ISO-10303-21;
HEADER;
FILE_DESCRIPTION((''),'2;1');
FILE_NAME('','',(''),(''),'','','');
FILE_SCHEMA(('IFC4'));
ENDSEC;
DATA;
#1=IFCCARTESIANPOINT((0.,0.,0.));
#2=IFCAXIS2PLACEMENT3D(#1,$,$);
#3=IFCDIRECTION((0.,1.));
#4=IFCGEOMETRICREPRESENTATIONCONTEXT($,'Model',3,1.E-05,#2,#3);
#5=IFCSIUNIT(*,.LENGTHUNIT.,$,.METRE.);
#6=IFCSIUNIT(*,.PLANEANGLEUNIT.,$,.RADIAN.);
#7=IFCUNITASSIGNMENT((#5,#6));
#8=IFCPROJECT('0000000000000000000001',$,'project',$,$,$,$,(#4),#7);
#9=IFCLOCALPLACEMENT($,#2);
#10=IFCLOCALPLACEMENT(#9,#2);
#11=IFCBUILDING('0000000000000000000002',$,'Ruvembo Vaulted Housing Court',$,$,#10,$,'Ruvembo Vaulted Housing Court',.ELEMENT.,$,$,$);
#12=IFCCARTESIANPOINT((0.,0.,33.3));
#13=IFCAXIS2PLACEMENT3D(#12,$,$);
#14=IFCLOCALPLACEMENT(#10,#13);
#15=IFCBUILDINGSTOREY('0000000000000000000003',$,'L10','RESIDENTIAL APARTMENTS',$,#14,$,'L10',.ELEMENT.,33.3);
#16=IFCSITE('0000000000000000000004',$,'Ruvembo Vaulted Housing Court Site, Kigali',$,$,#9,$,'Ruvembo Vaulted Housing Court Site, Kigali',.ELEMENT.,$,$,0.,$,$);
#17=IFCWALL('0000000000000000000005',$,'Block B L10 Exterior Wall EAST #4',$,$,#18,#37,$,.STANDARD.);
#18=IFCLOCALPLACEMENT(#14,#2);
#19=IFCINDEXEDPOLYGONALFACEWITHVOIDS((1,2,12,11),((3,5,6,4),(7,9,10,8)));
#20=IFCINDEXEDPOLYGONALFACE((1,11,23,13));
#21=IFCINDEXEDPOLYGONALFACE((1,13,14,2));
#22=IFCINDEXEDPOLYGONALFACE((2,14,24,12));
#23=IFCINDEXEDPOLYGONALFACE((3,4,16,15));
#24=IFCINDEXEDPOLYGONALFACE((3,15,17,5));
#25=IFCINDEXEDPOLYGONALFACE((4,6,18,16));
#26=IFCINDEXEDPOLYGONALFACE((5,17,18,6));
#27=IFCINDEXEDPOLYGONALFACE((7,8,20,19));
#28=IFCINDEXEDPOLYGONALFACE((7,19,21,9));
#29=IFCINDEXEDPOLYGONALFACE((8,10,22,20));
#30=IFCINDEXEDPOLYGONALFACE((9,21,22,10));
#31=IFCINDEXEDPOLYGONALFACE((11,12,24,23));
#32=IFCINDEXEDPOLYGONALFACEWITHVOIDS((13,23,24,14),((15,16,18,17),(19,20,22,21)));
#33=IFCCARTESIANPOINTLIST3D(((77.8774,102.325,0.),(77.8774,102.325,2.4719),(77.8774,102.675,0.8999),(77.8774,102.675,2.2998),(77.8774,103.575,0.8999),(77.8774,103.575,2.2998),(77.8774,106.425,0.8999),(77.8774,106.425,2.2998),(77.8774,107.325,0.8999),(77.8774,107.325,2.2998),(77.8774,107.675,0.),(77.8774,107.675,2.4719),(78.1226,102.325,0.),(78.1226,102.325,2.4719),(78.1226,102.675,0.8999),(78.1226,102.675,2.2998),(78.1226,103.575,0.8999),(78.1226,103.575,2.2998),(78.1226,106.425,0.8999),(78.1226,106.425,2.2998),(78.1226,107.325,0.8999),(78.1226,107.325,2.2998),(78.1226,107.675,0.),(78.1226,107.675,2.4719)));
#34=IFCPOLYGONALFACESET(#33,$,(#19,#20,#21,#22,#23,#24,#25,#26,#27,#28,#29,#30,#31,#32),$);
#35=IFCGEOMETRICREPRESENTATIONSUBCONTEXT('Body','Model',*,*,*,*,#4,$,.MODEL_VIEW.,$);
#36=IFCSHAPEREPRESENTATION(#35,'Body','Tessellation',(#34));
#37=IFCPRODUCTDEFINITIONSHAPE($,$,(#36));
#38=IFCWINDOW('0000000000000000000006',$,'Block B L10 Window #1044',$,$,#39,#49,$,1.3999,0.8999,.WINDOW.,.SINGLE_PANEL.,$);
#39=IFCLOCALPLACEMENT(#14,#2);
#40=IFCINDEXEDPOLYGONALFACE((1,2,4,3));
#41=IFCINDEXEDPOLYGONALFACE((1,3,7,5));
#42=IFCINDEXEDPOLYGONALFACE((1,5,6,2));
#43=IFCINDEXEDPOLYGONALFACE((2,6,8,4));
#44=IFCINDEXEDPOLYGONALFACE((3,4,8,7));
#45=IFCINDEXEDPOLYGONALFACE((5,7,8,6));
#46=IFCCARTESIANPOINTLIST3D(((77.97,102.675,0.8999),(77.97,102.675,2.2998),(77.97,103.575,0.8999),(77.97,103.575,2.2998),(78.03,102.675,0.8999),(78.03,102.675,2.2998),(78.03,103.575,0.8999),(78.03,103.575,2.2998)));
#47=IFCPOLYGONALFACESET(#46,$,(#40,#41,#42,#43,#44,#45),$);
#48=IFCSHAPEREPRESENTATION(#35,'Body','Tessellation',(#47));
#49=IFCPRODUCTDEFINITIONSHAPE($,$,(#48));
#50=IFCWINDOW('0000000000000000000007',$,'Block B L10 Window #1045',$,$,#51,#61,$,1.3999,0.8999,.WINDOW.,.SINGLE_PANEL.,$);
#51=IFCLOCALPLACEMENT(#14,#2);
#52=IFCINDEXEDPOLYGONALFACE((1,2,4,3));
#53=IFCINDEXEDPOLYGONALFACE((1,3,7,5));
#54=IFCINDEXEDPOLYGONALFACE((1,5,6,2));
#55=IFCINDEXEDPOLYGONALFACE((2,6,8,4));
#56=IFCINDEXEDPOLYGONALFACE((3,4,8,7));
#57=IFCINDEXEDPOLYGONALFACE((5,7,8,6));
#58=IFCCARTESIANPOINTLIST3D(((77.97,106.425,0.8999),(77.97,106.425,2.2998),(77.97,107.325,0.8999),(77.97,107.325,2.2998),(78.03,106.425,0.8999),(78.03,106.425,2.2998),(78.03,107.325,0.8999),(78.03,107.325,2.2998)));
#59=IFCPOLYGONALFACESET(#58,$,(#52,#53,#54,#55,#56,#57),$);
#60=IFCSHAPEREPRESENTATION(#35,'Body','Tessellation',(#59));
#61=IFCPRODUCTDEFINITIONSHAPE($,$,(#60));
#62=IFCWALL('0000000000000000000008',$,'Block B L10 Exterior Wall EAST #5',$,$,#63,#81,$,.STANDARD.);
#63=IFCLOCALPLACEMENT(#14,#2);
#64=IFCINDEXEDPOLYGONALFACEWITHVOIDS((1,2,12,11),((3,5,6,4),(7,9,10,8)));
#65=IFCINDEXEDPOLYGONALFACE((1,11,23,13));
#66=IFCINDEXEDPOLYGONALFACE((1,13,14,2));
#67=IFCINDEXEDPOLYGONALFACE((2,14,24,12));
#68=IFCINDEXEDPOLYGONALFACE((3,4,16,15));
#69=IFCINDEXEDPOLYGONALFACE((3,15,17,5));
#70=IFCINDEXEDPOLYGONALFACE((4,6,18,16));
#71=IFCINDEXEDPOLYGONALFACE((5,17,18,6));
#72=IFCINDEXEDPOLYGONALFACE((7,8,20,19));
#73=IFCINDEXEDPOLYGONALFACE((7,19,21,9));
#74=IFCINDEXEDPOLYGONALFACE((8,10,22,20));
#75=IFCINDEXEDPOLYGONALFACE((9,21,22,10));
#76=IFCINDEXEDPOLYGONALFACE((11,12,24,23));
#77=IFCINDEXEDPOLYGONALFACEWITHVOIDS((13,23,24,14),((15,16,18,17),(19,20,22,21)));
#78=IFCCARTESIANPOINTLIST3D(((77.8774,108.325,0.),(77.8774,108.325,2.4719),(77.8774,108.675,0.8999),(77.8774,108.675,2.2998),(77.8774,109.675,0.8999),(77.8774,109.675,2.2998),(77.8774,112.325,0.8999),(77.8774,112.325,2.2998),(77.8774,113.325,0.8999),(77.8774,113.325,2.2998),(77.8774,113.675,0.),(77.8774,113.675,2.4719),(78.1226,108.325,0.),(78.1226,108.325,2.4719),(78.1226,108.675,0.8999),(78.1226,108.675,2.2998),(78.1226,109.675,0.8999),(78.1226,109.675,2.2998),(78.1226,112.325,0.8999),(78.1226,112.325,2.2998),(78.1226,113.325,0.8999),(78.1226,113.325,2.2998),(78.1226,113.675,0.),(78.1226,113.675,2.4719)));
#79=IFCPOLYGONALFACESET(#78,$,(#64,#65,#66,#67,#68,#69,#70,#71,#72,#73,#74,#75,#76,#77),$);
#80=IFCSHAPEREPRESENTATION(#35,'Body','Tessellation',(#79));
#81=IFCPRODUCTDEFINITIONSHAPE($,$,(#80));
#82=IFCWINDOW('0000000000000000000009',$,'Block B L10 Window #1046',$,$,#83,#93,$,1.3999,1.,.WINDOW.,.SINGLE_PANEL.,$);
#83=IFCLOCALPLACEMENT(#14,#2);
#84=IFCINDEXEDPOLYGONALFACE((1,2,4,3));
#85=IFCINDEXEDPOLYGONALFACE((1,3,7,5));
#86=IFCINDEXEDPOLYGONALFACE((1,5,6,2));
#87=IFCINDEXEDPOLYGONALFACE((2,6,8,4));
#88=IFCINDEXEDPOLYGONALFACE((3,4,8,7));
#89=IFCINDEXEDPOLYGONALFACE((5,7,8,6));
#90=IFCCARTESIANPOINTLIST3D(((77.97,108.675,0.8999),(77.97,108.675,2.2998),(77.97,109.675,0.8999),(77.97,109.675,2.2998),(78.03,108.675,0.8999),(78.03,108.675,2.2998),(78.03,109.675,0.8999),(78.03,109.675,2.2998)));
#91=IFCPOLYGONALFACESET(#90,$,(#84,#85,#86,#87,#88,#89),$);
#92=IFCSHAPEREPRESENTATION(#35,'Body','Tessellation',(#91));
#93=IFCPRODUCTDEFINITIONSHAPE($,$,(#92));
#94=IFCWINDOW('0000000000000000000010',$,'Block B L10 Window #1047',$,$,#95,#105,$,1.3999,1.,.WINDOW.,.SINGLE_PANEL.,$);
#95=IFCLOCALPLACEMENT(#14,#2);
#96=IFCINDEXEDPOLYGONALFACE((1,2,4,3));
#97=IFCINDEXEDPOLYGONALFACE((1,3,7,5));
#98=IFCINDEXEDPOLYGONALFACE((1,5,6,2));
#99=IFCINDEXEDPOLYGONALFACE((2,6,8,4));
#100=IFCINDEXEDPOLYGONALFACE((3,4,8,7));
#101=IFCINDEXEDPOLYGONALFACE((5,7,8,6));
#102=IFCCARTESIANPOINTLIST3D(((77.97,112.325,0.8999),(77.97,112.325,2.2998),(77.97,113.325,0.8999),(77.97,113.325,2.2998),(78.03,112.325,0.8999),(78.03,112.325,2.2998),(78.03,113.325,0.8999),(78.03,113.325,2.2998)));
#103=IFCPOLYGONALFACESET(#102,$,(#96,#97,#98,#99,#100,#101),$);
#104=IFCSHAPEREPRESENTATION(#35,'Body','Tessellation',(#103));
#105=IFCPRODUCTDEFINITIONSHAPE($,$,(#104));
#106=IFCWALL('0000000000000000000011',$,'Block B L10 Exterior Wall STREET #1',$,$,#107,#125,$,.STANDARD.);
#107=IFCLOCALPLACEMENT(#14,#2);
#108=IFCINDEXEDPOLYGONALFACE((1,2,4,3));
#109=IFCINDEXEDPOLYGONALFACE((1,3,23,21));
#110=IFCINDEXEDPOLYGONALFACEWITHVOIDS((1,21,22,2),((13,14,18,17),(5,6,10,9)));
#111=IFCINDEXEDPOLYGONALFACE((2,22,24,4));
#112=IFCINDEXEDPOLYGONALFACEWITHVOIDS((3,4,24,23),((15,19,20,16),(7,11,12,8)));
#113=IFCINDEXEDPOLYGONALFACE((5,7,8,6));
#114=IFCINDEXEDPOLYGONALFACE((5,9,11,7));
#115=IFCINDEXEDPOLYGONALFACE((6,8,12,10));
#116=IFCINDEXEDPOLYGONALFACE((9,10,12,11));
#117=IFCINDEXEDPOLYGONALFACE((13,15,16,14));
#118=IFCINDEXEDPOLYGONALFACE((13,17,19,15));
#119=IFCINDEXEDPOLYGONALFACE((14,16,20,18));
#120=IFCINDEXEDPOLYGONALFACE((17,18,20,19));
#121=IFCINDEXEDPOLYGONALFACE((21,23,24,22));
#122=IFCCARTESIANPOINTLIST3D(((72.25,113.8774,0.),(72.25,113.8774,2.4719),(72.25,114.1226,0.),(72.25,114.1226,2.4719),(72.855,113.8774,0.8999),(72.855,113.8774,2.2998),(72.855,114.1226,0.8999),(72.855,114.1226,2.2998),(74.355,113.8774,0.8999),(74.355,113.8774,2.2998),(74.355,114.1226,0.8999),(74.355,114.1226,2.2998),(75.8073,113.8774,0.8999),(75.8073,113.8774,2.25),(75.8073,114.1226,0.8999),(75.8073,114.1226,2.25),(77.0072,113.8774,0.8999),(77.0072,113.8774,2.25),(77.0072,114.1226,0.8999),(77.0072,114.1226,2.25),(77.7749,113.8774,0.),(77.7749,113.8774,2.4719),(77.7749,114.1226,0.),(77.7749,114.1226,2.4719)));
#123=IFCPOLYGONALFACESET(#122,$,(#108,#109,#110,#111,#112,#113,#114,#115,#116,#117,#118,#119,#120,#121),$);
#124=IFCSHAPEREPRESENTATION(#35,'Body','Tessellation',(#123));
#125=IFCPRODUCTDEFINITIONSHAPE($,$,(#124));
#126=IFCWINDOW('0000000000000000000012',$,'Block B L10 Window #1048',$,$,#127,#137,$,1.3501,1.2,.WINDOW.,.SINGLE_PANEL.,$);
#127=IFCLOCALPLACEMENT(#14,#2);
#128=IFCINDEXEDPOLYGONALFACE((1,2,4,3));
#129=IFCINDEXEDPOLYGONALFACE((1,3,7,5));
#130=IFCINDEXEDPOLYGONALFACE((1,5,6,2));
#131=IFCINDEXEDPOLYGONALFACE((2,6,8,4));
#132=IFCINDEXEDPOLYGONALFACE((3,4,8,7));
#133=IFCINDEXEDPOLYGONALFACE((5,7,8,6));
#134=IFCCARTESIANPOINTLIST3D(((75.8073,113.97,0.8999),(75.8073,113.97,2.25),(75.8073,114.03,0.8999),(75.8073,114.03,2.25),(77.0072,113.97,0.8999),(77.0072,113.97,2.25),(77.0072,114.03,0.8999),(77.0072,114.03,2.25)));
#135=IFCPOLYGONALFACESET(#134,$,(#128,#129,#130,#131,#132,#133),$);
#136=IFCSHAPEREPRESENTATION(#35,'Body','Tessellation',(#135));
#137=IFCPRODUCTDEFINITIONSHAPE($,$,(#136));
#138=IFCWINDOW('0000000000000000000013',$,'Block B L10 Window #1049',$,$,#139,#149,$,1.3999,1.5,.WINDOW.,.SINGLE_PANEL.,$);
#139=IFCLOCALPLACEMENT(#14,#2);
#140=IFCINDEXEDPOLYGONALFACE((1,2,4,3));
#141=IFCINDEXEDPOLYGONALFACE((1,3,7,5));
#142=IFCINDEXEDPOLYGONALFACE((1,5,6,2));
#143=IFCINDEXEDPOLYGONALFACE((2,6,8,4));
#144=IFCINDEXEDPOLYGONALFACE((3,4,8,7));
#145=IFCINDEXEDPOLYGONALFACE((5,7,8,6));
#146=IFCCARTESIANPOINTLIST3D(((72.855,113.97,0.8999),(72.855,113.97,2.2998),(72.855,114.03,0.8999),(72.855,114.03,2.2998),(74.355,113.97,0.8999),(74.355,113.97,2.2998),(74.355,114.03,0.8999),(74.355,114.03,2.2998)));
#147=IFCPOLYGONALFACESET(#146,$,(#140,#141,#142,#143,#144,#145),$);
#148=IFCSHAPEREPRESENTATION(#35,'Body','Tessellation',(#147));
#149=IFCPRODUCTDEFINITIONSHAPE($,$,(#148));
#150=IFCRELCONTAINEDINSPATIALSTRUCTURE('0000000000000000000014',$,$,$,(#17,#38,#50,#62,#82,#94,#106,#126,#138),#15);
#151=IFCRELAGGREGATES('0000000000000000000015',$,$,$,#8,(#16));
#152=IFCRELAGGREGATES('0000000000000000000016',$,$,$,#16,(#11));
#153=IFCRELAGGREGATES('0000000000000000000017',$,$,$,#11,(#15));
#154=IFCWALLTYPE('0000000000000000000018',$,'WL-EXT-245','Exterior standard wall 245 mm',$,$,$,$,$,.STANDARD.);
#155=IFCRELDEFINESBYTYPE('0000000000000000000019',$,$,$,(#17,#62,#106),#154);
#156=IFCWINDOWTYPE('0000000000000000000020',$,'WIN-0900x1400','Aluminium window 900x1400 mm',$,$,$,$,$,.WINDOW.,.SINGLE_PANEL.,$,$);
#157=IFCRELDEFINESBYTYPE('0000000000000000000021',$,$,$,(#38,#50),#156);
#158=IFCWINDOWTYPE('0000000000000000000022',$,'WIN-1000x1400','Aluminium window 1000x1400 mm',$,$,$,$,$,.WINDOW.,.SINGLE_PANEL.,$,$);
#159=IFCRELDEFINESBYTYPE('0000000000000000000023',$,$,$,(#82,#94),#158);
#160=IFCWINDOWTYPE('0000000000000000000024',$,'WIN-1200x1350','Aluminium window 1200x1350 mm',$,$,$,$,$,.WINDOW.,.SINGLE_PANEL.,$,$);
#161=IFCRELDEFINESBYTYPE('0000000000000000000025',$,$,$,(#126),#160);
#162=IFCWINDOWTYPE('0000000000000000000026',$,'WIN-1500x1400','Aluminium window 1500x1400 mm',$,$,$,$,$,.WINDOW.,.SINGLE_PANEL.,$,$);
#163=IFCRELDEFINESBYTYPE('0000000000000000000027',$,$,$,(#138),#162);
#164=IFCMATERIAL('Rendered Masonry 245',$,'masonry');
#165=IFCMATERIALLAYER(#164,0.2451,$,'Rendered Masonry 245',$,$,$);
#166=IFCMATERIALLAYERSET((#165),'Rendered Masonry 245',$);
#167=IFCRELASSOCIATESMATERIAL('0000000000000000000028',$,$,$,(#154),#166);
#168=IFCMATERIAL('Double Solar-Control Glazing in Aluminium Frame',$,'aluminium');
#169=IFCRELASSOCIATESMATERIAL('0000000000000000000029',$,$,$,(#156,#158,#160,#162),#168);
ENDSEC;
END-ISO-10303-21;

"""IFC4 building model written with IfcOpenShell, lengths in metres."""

from ifc_helpers import new_model, si_unit, direction, frame, frame_2d, origin, place, context, subcontext, project, spatial, rectangle, extrude, material, layer, layer_set, type_object, element, fill, save


model = new_model("IFC4")

# Units and contexts
model_context = context("Model", 3, precision=1e-05, world=origin(), true_north=direction((0.0, 1.0)))
body_context = subcontext(model_context, "Body", "Model", "MODEL_VIEW")
ifc_project = project(units=[si_unit("LENGTHUNIT", "METRE"), si_unit("PLANEANGLEUNIT", "RADIAN")], contexts=[model_context])

# Site, building, storey
site_placement = place(None, origin())
site = spatial("IfcSite", under=ifc_project, at=site_placement, Name="Ruvembo Vaulted Housing Court Site, Kigali", LongName="Ruvembo Vaulted Housing Court Site, Kigali", CompositionType="ELEMENT", RefElevation=0.0)
building_placement = place(site_placement, origin())
building = spatial("IfcBuilding", under=site, at=building_placement, Name="Ruvembo Vaulted Housing Court", LongName="Ruvembo Vaulted Housing Court", CompositionType="ELEMENT")
storey_placement = place(building_placement, frame((0.0, 0.0, 33.3)))
storey = spatial("IfcBuildingStorey", under=building, at=storey_placement, Name="L10", Description="RESIDENTIAL APARTMENTS", LongName="L10", CompositionType="ELEMENT", Elevation=33.3)

# Walls, openings, windows
ifc_material_1 = material(Name="Rendered Masonry 245", Category="masonry")
ifc_layer = layer(ifc_material_1, 0.2451, Name="Rendered Masonry 245")
ifc_layer_set = layer_set([ifc_layer], Name="Rendered Masonry 245")
wall_type = type_object("IfcWallType", Name="WL-EXT-245", Description="Exterior standard wall 245 mm", PredefinedType="STANDARD", material=ifc_layer_set)
wall_1_placement = place(storey_placement, frame((78.0, 102.325, 0.0), z_axis=(0.0, 0.0, 1.0), x_axis=(0.0, 1.0, 0.0)))
wall_1 = element("IfcWall", 1, at=wall_1_placement, inside=storey, type_object=wall_type, Name="Block B L10 Exterior Wall EAST #4", PredefinedType="STANDARD", context=body_context, shape_type="SweptSolid", body=[
    extrude(rectangle(XDim=5.3501, YDim=0.2451, at=frame_2d((2.675, 0.0))), origin(), (0.0, 0.0, 1.0), 2.4719),
])
opening_1_placement = place(wall_1_placement, frame((0.3501, 0.0, 0.8999)))
opening_1 = element("IfcOpeningElement", 2, at=opening_1_placement, cuts=wall_1, PredefinedType="OPENING", context=body_context, shape_type="SweptSolid", body=[
    extrude(rectangle(XDim=0.8999, YDim=1.3999, at=frame_2d((0.45, 0.7))), frame((0.0, 0.1326, 0.0), z_axis=(0.0, -1.0, 0.0), x_axis=(1.0, 0.0, 0.0)), (0.0, 0.0, 1.0), 0.2651),
])
opening_2_placement = place(wall_1_placement, frame((4.1001, 0.0, 0.8999)))
opening_2 = element("IfcOpeningElement", 3, at=opening_2_placement, cuts=wall_1, PredefinedType="OPENING", context=body_context, shape_type="SweptSolid", body=[
    extrude(rectangle(XDim=0.8999, YDim=1.3999, at=frame_2d((0.45, 0.7))), frame((0.0, 0.1326, 0.0), z_axis=(0.0, -1.0, 0.0), x_axis=(1.0, 0.0, 0.0)), (0.0, 0.0, 1.0), 0.2651),
])
ifc_material_2 = material(Name="Double Solar-Control Glazing in Aluminium Frame", Category="aluminium")
window_type_1 = type_object("IfcWindowType", Name="WIN-0900x1400", Description="Aluminium window 900x1400 mm", PartitioningType="SINGLE_PANEL", PredefinedType="WINDOW", material=ifc_material_2)
window_1_placement = place(opening_1_placement, origin())
window_1 = element("IfcWindow", 4, at=window_1_placement, inside=storey, type_object=window_type_1, Name="Block B L10 Window #1044", OverallHeight=1.3999, OverallWidth=0.8999, PartitioningType="SINGLE_PANEL", PredefinedType="WINDOW", context=body_context, shape_type="SweptSolid", body=[
    extrude(rectangle(XDim=0.8999, YDim=1.3999, at=frame_2d((0.45, 0.7))), frame((0.0, 0.03, 0.0), z_axis=(0.0, -1.0, 0.0), x_axis=(1.0, 0.0, 0.0)), (0.0, 0.0, 1.0), 0.0601),
])
fill(opening_1, window_1)
window_2_placement = place(opening_2_placement, origin())
window_2 = element("IfcWindow", 5, at=window_2_placement, inside=storey, type_object=window_type_1, Name="Block B L10 Window #1045", OverallHeight=1.3999, OverallWidth=0.8999, PartitioningType="SINGLE_PANEL", PredefinedType="WINDOW", context=body_context, shape_type="SweptSolid", body=[
    extrude(rectangle(XDim=0.8999, YDim=1.3999, at=frame_2d((0.45, 0.7))), frame((0.0, 0.03, 0.0), z_axis=(0.0, -1.0, 0.0), x_axis=(1.0, 0.0, 0.0)), (0.0, 0.0, 1.0), 0.0601),
])
fill(opening_2, window_2)
wall_2_placement = place(storey_placement, frame((78.0, 108.325, 0.0), z_axis=(0.0, 0.0, 1.0), x_axis=(0.0, 1.0, 0.0)))
wall_2 = element("IfcWall", 6, at=wall_2_placement, inside=storey, type_object=wall_type, Name="Block B L10 Exterior Wall EAST #5", PredefinedType="STANDARD", context=body_context, shape_type="SweptSolid", body=[
    extrude(rectangle(XDim=5.3501, YDim=0.2451, at=frame_2d((2.675, 0.0))), origin(), (0.0, 0.0, 1.0), 2.4719),
])
opening_3_placement = place(wall_2_placement, frame((0.3501, 0.0, 0.8999)))
opening_3 = element("IfcOpeningElement", 7, at=opening_3_placement, cuts=wall_2, PredefinedType="OPENING", context=body_context, shape_type="SweptSolid", body=[
    extrude(rectangle(XDim=1.0, YDim=1.3999, at=frame_2d((0.5, 0.7))), frame((0.0, 0.1326, 0.0), z_axis=(0.0, -1.0, 0.0), x_axis=(1.0, 0.0, 0.0)), (0.0, 0.0, 1.0), 0.2651),
])
opening_4_placement = place(wall_2_placement, frame((4.0, 0.0, 0.8999)))
opening_4 = element("IfcOpeningElement", 8, at=opening_4_placement, cuts=wall_2, PredefinedType="OPENING", context=body_context, shape_type="SweptSolid", body=[
    extrude(rectangle(XDim=1.0, YDim=1.3999, at=frame_2d((0.5, 0.7))), frame((0.0, 0.1326, 0.0), z_axis=(0.0, -1.0, 0.0), x_axis=(1.0, 0.0, 0.0)), (0.0, 0.0, 1.0), 0.2651),
])
window_type_2 = type_object("IfcWindowType", Name="WIN-1000x1400", Description="Aluminium window 1000x1400 mm", PartitioningType="SINGLE_PANEL", PredefinedType="WINDOW", material=ifc_material_2)
window_3_placement = place(opening_3_placement, origin())
window_3 = element("IfcWindow", 9, at=window_3_placement, inside=storey, type_object=window_type_2, Name="Block B L10 Window #1046", OverallHeight=1.3999, OverallWidth=1.0, PartitioningType="SINGLE_PANEL", PredefinedType="WINDOW", context=body_context, shape_type="SweptSolid", body=[
    extrude(rectangle(XDim=1.0, YDim=1.3999, at=frame_2d((0.5, 0.7))), frame((0.0, 0.03, 0.0), z_axis=(0.0, -1.0, 0.0), x_axis=(1.0, 0.0, 0.0)), (0.0, 0.0, 1.0), 0.0601),
])
fill(opening_3, window_3)
window_4_placement = place(opening_4_placement, origin())
window_4 = element("IfcWindow", 10, at=window_4_placement, inside=storey, type_object=window_type_2, Name="Block B L10 Window #1047", OverallHeight=1.3999, OverallWidth=1.0, PartitioningType="SINGLE_PANEL", PredefinedType="WINDOW", context=body_context, shape_type="SweptSolid", body=[
    extrude(rectangle(XDim=1.0, YDim=1.3999, at=frame_2d((0.5, 0.7))), frame((0.0, 0.03, 0.0), z_axis=(0.0, -1.0, 0.0), x_axis=(1.0, 0.0, 0.0)), (0.0, 0.0, 1.0), 0.0601),
])
fill(opening_4, window_4)
wall_3_placement = place(storey_placement, frame((77.7749, 114.0, 0.0), z_axis=(0.0, 0.0, 1.0), x_axis=(-1.0, 0.0, 0.0)))
wall_3 = element("IfcWall", 11, at=wall_3_placement, inside=storey, type_object=wall_type, Name="Block B L10 Exterior Wall STREET #1", PredefinedType="STANDARD", context=body_context, shape_type="SweptSolid", body=[
    extrude(rectangle(XDim=5.5249, YDim=0.2451, at=frame_2d((2.7625, 0.0))), origin(), (0.0, 0.0, 1.0), 2.4719),
])
opening_5_placement = place(wall_3_placement, frame((0.7676, 0.0, 0.8999)))
opening_5 = element("IfcOpeningElement", 12, at=opening_5_placement, cuts=wall_3, PredefinedType="OPENING", context=body_context, shape_type="SweptSolid", body=[
    extrude(rectangle(XDim=1.2, YDim=1.3501, at=frame_2d((0.6001, 0.675))), frame((0.0, 0.1326, 0.0), z_axis=(0.0, -1.0, 0.0), x_axis=(1.0, 0.0, 0.0)), (0.0, 0.0, 1.0), 0.2651),
])
opening_6_placement = place(wall_3_placement, frame((3.4199, 0.0, 0.8999)))
opening_6 = element("IfcOpeningElement", 13, at=opening_6_placement, cuts=wall_3, PredefinedType="OPENING", context=body_context, shape_type="SweptSolid", body=[
    extrude(rectangle(XDim=1.5, YDim=1.3999, at=frame_2d((0.75, 0.7))), frame((0.0, 0.1326, 0.0), z_axis=(0.0, -1.0, 0.0), x_axis=(1.0, 0.0, 0.0)), (0.0, 0.0, 1.0), 0.2651),
])
window_type_3 = type_object("IfcWindowType", Name="WIN-1200x1350", Description="Aluminium window 1200x1350 mm", PartitioningType="SINGLE_PANEL", PredefinedType="WINDOW", material=ifc_material_2)
window_5_placement = place(opening_5_placement, origin())
window_5 = element("IfcWindow", 14, at=window_5_placement, inside=storey, type_object=window_type_3, Name="Block B L10 Window #1048", OverallHeight=1.3501, OverallWidth=1.2, PartitioningType="SINGLE_PANEL", PredefinedType="WINDOW", context=body_context, shape_type="SweptSolid", body=[
    extrude(rectangle(XDim=1.2, YDim=1.3501, at=frame_2d((0.6001, 0.675))), frame((0.0, 0.03, 0.0), z_axis=(0.0, -1.0, 0.0), x_axis=(1.0, 0.0, 0.0)), (0.0, 0.0, 1.0), 0.0601),
])
fill(opening_5, window_5)
window_type_4 = type_object("IfcWindowType", Name="WIN-1500x1400", Description="Aluminium window 1500x1400 mm", PartitioningType="SINGLE_PANEL", PredefinedType="WINDOW", material=ifc_material_2)
window_6_placement = place(opening_6_placement, origin())
window_6 = element("IfcWindow", 15, at=window_6_placement, inside=storey, type_object=window_type_4, Name="Block B L10 Window #1049", OverallHeight=1.3999, OverallWidth=1.5, PartitioningType="SINGLE_PANEL", PredefinedType="WINDOW", context=body_context, shape_type="SweptSolid", body=[
    extrude(rectangle(XDim=1.5, YDim=1.3999, at=frame_2d((0.75, 0.7))), frame((0.0, 0.03, 0.0), z_axis=(0.0, -1.0, 0.0), x_axis=(1.0, 0.0, 0.0)), (0.0, 0.0, 1.0), 0.0601),
])
fill(opening_6, window_6)

save(model, "model.ifc")
